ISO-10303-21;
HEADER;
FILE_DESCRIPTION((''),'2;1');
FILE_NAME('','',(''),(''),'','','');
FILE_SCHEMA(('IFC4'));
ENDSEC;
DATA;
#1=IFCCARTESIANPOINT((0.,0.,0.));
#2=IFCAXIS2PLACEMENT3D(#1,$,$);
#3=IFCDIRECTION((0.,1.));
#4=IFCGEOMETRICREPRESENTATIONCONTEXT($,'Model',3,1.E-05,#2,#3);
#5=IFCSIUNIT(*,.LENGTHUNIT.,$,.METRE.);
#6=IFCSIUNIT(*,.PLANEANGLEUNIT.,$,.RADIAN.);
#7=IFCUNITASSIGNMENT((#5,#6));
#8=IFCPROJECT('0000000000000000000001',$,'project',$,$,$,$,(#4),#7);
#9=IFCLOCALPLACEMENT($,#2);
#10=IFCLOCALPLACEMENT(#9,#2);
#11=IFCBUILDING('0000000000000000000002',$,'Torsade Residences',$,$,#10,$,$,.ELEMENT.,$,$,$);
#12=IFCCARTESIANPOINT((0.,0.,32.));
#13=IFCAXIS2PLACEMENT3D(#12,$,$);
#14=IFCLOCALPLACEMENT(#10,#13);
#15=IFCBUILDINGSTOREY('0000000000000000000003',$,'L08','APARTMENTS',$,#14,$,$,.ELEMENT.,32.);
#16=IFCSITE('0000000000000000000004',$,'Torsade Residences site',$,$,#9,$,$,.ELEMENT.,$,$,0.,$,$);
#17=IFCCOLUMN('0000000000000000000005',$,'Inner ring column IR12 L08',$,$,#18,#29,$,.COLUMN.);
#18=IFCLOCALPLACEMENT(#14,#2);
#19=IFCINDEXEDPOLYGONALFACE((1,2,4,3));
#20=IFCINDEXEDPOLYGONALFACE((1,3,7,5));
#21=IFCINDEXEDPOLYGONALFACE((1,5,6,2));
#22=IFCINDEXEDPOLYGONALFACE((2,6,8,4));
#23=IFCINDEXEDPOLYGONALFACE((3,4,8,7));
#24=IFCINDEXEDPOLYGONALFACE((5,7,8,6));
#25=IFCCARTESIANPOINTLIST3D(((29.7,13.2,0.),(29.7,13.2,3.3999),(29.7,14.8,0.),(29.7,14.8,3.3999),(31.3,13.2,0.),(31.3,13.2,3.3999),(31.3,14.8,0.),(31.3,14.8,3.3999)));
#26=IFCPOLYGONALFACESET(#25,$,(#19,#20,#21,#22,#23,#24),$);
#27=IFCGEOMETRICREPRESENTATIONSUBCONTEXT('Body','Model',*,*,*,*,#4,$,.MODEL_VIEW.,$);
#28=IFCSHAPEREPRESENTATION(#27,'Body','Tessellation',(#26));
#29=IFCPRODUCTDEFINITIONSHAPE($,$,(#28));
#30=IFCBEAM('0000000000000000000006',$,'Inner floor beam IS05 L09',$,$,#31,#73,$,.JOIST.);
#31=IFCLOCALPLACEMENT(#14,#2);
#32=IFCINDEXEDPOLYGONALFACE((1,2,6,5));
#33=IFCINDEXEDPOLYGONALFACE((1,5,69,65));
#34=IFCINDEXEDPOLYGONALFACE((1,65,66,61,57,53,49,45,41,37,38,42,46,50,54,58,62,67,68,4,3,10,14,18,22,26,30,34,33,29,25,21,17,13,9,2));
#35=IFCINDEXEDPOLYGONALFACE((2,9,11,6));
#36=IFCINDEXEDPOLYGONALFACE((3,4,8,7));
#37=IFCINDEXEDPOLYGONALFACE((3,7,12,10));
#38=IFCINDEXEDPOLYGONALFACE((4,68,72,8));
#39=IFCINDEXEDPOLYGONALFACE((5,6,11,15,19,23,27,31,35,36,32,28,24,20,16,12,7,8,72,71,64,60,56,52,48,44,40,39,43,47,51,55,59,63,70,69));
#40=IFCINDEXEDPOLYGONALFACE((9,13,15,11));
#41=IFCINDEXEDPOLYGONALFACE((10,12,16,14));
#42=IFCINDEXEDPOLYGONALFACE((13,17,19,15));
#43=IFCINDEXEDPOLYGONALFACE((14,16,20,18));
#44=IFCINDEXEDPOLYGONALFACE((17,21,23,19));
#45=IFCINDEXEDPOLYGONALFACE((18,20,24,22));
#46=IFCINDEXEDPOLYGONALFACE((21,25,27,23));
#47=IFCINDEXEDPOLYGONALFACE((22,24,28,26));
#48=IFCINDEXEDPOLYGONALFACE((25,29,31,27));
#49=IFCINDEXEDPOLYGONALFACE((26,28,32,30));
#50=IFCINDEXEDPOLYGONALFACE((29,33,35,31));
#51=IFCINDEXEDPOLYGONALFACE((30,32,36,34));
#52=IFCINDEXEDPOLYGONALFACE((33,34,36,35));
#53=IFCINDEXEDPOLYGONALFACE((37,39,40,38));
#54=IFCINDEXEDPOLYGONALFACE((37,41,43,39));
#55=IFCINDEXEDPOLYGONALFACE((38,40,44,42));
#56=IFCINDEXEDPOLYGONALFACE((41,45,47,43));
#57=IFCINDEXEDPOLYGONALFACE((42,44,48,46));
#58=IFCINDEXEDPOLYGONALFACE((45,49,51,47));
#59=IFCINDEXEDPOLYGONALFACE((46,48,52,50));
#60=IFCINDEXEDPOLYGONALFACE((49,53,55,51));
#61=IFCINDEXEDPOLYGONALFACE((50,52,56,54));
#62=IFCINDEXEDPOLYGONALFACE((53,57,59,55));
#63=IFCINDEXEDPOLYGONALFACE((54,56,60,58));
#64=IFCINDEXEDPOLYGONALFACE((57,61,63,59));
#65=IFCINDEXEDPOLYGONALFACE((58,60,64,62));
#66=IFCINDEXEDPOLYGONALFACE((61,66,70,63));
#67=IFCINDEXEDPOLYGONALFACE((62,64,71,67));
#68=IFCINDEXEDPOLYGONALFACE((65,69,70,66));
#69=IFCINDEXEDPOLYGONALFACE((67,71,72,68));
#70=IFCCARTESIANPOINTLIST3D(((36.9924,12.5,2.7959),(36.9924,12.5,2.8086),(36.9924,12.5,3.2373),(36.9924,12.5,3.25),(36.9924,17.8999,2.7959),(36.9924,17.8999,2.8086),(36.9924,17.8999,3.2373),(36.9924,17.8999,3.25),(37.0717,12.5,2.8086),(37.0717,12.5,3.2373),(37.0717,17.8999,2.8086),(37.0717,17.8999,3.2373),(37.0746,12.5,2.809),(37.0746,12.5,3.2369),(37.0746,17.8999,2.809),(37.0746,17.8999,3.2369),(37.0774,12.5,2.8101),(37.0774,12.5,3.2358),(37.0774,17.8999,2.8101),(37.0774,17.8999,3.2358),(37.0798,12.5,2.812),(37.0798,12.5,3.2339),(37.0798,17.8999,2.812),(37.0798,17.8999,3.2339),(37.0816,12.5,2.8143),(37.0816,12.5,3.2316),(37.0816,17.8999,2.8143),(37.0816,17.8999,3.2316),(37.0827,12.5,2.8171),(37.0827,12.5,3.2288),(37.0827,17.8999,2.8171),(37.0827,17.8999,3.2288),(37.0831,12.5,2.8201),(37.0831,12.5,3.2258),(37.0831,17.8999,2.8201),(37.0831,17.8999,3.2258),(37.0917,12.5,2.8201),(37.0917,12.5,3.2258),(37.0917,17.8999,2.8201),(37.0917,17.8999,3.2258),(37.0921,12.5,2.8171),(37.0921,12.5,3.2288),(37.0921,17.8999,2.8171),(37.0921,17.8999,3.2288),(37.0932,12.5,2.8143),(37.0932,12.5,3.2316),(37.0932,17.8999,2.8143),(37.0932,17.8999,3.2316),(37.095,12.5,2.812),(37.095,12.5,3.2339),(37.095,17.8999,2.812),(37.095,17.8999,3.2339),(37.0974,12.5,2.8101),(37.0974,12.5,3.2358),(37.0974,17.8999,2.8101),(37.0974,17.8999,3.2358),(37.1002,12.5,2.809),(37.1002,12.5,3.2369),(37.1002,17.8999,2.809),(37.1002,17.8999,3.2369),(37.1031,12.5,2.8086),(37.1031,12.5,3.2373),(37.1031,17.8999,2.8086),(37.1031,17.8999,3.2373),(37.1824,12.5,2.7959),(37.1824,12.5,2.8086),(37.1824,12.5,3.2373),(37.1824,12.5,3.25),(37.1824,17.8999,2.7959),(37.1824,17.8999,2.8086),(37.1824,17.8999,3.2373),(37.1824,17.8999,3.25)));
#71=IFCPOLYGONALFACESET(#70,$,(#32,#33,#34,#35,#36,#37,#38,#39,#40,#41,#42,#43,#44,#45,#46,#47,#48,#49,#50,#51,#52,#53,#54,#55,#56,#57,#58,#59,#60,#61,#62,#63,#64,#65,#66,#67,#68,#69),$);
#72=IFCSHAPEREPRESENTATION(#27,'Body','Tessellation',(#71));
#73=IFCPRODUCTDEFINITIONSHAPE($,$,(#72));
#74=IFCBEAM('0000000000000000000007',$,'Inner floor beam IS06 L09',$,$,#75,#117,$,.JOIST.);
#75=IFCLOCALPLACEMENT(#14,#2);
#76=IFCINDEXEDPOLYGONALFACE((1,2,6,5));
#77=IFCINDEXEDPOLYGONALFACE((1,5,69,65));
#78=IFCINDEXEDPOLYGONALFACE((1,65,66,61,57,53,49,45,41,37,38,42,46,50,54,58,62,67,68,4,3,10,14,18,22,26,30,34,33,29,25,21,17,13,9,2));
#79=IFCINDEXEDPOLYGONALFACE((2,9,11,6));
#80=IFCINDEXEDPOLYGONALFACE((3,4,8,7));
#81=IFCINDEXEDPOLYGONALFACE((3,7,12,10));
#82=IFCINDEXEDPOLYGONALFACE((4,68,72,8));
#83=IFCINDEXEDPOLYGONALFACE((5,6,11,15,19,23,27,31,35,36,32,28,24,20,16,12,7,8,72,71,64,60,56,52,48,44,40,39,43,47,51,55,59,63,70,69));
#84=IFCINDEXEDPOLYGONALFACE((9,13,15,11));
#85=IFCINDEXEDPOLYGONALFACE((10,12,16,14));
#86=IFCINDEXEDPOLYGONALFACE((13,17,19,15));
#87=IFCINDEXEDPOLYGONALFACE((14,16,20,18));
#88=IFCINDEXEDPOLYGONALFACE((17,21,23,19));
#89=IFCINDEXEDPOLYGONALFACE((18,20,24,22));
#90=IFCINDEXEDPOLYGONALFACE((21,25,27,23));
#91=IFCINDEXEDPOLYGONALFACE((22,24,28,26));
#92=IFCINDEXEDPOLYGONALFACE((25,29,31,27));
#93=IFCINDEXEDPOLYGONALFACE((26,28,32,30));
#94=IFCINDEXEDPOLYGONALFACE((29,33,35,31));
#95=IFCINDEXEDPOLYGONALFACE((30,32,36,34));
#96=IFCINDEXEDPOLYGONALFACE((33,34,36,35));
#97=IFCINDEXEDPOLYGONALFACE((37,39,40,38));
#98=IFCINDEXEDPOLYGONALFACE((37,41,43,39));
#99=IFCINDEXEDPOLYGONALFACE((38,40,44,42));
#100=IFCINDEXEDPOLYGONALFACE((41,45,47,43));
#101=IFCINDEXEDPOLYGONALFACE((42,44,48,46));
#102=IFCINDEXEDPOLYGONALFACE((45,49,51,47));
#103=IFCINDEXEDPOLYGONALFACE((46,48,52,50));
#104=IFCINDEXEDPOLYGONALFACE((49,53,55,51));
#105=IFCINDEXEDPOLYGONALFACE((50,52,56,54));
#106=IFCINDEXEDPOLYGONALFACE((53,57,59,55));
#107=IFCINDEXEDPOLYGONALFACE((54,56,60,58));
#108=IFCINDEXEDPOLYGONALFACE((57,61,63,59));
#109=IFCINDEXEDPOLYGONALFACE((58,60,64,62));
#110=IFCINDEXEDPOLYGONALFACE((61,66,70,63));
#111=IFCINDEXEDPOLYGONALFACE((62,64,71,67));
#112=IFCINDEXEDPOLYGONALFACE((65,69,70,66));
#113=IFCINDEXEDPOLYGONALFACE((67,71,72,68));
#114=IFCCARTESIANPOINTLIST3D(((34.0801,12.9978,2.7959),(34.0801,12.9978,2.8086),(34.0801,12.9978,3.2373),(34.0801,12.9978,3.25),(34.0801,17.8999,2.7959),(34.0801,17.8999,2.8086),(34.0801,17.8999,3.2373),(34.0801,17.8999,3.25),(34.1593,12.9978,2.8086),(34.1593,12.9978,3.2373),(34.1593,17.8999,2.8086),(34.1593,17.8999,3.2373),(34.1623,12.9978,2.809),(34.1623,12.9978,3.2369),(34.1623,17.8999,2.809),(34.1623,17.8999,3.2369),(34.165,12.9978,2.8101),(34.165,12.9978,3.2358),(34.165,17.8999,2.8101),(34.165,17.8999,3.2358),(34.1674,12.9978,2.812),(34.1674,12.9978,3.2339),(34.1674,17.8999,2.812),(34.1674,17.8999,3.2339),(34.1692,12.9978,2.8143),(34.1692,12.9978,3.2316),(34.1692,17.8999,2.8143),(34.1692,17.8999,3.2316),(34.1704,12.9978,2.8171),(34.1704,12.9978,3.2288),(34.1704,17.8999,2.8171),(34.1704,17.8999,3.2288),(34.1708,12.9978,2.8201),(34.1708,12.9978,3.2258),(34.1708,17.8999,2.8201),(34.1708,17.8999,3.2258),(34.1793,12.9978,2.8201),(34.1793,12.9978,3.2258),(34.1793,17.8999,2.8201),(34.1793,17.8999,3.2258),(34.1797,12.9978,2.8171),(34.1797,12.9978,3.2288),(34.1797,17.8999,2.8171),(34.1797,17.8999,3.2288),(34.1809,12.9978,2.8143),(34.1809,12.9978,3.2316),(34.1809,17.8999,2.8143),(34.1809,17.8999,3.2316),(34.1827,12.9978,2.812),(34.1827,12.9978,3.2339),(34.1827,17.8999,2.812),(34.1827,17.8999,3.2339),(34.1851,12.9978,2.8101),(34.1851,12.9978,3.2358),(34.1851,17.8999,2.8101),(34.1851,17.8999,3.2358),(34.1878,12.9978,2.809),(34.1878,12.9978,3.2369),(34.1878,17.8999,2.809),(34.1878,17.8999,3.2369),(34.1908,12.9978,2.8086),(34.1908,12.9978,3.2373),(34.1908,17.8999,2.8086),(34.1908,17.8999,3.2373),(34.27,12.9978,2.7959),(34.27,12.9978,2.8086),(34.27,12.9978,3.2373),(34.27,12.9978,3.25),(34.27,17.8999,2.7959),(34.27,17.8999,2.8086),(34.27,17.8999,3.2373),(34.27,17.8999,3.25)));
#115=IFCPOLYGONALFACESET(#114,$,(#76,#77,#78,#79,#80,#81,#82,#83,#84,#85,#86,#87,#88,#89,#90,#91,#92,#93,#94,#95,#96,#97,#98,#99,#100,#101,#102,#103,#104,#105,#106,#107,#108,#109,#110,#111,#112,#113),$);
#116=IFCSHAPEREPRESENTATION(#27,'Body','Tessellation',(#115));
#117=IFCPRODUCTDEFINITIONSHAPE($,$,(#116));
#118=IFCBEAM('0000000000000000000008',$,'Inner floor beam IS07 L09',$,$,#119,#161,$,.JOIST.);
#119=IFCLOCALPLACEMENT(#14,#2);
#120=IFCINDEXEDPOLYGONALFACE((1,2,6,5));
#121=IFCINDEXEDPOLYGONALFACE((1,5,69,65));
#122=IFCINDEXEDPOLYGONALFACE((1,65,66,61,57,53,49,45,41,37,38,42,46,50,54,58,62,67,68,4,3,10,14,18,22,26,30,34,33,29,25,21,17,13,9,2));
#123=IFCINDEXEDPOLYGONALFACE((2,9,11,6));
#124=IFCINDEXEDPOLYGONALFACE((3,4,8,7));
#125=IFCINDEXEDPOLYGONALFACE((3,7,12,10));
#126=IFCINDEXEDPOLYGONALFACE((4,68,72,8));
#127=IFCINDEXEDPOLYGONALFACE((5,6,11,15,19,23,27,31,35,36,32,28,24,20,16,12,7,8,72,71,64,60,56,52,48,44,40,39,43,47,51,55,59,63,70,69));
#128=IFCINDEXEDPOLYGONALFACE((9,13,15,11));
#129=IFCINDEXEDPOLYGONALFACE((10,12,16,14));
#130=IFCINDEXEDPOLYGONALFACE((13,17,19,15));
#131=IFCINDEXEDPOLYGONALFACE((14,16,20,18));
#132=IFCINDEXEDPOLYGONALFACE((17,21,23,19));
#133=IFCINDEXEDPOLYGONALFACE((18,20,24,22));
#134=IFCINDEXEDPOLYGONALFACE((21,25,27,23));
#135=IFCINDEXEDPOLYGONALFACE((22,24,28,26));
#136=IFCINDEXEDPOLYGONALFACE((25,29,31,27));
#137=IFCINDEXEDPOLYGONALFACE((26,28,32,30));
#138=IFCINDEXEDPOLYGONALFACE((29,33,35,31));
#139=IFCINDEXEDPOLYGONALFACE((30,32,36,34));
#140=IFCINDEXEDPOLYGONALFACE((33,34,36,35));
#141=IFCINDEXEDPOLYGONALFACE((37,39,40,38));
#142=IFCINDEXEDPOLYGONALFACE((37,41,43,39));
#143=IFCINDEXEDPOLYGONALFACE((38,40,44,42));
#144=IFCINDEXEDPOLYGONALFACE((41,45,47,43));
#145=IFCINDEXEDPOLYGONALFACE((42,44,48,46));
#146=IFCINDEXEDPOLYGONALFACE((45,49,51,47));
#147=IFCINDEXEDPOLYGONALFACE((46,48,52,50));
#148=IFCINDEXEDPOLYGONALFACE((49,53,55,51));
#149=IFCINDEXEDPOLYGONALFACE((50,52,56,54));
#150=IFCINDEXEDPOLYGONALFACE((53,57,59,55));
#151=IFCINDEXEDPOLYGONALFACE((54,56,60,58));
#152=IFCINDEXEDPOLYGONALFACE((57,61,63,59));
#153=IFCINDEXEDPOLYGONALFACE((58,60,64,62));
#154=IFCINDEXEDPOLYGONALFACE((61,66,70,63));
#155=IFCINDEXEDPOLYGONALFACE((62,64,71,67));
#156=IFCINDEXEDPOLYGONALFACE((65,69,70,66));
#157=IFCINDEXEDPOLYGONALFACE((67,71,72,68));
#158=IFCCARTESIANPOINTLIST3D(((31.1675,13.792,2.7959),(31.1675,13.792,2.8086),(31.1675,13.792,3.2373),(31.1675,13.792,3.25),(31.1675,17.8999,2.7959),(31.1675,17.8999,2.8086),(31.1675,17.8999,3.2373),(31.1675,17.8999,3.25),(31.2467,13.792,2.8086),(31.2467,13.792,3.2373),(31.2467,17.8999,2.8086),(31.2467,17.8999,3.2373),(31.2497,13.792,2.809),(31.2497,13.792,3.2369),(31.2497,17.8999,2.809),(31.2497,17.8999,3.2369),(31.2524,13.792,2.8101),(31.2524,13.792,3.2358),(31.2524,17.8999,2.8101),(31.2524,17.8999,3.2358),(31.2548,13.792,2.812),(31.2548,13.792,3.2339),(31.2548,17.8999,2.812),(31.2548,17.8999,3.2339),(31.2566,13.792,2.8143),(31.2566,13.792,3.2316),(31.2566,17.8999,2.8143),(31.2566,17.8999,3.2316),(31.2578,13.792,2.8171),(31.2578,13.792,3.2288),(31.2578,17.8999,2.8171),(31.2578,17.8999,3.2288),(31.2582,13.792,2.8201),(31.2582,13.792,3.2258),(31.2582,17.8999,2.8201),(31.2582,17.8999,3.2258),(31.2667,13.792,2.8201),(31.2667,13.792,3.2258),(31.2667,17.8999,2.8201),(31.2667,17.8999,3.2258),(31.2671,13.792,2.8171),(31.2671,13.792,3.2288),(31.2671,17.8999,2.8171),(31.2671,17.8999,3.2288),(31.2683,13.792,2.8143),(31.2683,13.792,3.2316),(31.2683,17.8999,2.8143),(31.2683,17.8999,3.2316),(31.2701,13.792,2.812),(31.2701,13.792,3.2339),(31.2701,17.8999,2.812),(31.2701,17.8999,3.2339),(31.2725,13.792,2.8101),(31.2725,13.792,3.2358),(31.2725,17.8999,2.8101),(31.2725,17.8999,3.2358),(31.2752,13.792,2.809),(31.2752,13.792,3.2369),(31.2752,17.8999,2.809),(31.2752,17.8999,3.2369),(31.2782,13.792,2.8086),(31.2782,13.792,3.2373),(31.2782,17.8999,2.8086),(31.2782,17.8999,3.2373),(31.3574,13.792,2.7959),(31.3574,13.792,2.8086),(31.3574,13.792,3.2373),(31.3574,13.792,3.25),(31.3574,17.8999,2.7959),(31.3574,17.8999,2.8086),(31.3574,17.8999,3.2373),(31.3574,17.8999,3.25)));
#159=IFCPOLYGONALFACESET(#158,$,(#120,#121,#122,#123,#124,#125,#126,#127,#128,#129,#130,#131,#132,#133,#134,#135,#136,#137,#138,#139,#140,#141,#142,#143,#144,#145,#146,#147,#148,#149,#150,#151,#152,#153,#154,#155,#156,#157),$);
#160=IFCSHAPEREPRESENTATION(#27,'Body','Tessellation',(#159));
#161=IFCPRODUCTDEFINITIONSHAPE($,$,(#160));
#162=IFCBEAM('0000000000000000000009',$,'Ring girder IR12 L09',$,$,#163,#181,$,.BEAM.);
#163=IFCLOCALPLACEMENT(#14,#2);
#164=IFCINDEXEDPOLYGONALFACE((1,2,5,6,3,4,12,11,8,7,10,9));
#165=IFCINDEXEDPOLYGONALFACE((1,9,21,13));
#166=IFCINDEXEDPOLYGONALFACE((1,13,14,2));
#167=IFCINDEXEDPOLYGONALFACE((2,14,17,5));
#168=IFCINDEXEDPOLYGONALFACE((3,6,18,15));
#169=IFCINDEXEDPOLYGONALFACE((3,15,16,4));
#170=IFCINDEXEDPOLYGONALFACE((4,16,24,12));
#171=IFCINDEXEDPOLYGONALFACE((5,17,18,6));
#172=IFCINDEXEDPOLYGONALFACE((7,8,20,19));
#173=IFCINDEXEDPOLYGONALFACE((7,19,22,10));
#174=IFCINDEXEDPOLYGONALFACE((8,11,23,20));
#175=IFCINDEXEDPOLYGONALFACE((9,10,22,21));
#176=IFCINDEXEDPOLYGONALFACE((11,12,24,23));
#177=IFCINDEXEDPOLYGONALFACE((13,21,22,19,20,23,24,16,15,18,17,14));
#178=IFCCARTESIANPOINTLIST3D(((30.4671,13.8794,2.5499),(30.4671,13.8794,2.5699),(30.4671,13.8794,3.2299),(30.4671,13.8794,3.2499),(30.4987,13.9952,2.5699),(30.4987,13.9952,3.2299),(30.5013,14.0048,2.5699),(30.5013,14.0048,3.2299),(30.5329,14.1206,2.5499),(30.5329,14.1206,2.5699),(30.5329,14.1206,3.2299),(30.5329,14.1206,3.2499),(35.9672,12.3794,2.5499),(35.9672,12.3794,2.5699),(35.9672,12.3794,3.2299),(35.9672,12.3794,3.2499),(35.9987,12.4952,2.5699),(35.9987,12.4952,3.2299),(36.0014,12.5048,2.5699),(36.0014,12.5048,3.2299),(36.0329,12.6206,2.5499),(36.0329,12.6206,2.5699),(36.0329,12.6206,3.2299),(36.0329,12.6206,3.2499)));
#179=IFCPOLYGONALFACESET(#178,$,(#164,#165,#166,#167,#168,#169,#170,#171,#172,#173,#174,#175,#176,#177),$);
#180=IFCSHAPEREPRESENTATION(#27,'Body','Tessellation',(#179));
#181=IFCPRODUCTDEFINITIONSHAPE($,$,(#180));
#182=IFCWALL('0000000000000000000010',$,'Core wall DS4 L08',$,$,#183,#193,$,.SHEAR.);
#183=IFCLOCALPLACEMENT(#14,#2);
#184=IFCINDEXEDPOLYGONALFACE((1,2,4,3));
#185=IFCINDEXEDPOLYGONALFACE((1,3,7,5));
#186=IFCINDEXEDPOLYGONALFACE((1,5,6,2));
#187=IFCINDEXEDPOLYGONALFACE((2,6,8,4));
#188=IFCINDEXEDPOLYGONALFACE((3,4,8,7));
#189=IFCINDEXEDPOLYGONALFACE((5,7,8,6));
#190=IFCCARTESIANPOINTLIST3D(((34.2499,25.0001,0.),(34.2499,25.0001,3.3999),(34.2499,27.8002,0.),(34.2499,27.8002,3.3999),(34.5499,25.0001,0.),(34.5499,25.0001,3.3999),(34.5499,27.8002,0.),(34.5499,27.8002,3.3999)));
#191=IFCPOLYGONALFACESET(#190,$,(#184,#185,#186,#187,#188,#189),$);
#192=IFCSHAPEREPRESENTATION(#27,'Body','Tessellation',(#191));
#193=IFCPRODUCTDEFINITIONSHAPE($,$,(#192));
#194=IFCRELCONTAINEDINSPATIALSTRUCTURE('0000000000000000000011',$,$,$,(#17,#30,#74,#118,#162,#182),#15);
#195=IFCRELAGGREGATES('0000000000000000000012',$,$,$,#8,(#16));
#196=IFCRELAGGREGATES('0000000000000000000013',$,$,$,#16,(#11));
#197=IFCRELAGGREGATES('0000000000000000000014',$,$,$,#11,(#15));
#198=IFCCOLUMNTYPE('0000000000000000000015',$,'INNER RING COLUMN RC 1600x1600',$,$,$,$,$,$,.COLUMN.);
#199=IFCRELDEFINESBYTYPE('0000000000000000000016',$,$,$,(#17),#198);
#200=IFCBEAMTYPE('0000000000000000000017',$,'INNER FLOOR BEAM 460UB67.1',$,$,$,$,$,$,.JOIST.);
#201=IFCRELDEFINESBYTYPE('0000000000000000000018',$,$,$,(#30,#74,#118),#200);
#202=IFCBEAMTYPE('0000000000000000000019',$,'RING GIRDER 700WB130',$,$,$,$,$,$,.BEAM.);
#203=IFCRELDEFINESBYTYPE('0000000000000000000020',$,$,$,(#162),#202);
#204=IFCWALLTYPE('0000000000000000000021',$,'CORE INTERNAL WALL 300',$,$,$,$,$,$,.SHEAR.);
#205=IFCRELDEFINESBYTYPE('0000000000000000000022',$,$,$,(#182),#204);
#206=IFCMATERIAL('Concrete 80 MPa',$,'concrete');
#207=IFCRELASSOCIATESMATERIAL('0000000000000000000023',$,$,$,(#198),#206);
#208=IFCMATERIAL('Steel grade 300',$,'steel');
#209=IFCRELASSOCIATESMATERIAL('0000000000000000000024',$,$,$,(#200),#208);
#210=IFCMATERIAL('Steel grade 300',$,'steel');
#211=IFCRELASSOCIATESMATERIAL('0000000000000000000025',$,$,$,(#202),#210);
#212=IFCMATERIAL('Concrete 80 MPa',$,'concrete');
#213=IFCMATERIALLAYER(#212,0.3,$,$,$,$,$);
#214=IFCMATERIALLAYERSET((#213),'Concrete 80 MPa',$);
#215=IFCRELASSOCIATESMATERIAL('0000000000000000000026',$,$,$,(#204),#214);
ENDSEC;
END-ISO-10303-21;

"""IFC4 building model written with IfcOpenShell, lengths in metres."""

from ifc_helpers import new_model, si_unit, direction, frame, frame_2d, origin, origin_2d, place, context, subcontext, project, spatial, rectangle, i_section, extrude, material, layer, layer_set, material_profile, profile_set, type_object, element, save


model = new_model("IFC4")

# Units and contexts
model_context = context("Model", 3, precision=1e-05, world=origin(), true_north=direction((0.0, 1.0)))
body_context = subcontext(model_context, "Body", "Model", "MODEL_VIEW")
ifc_project = project(units=[si_unit("LENGTHUNIT", "METRE"), si_unit("PLANEANGLEUNIT", "RADIAN")], contexts=[model_context])

# Site, building, storey
site_placement = place(None, origin())
site = spatial("IfcSite", under=ifc_project, at=site_placement, Name="Torsade Residences site", CompositionType="ELEMENT", RefElevation=0.0)
building_placement = place(site_placement, origin())
building = spatial("IfcBuilding", under=site, at=building_placement, Name="Torsade Residences", CompositionType="ELEMENT")
storey_placement = place(building_placement, frame((0.0, 0.0, 32.0)))
storey = spatial("IfcBuildingStorey", under=building, at=storey_placement, Name="L08", Description="APARTMENTS", CompositionType="ELEMENT", Elevation=32.0)

# Column
ifc_material_1 = material(Name="Concrete 80 MPa", Category="concrete")
ifc_material_profile_1 = material_profile(ifc_material_1, rectangle(XDim=1.6001, YDim=1.6001, at=origin_2d()), Name="RC 1600x1600")
ifc_profile_set_1 = profile_set([ifc_material_profile_1], Name="Concrete 80 MPa")
column_type = type_object("IfcColumnType", Name="INNER RING COLUMN RC 1600x1600", PredefinedType="COLUMN", material=ifc_profile_set_1)
column_placement = place(storey_placement, frame((30.5, 14.0, 0.0), z_axis=(0.0, 0.0, 1.0), x_axis=(1.0, 0.0, 0.0)))
element("IfcColumn", 1, at=column_placement, inside=storey, type_object=column_type, Name="Inner ring column IR12 L08", PredefinedType="COLUMN", context=body_context, shape_type="SweptSolid", body=[
    extrude(rectangle(XDim=1.6001, YDim=1.6001, at=origin_2d()), origin(), (0.0, 0.0, 1.0), 3.3999),
])

# Beams
ifc_material_2 = material(Name="Steel grade 300", Category="steel")
ifc_material_profile_2 = material_profile(ifc_material_2, i_section(OverallWidth=0.1899, OverallDepth=0.4541, WebThickness=0.0085, FlangeThickness=0.0127, FilletRadius=0.0115, at=origin_2d()), Name="460UB67.1")
ifc_profile_set_2 = profile_set([ifc_material_profile_2], Name="Steel grade 300")
beam_type_1 = type_object("IfcBeamType", Name="INNER FLOOR BEAM 460UB67.1", PredefinedType="JOIST", material=ifc_profile_set_2)
beam_1_placement = place(storey_placement, frame((37.0874, 17.8999, 3.0229), z_axis=(0.0, -1.0, 0.0), x_axis=(1.0, 0.0, 0.0)))
element("IfcBeam", 2, at=beam_1_placement, inside=storey, type_object=beam_type_1, Name="Inner floor beam IS05 L09", PredefinedType="JOIST", context=body_context, shape_type="SweptSolid", body=[
    extrude(i_section(OverallWidth=0.1899, OverallDepth=0.4541, WebThickness=0.0085, FlangeThickness=0.0127, FilletRadius=0.0115, at=origin_2d()), origin(), (0.0, 0.0, 1.0), 5.3999),
])
beam_2_placement = place(storey_placement, frame((34.175, 17.8999, 3.0229), z_axis=(0.0, -1.0, 0.0), x_axis=(1.0, 0.0, 0.0)))
element("IfcBeam", 3, at=beam_2_placement, inside=storey, type_object=beam_type_1, Name="Inner floor beam IS06 L09", PredefinedType="JOIST", context=body_context, shape_type="SweptSolid", body=[
    extrude(i_section(OverallWidth=0.1899, OverallDepth=0.4541, WebThickness=0.0085, FlangeThickness=0.0127, FilletRadius=0.0115, at=origin_2d()), origin(), (0.0, 0.0, 1.0), 4.9021),
])
beam_3_placement = place(storey_placement, frame((31.2625, 17.8999, 3.0229), z_axis=(0.0, -1.0, 0.0), x_axis=(1.0, 0.0, 0.0)))
element("IfcBeam", 4, at=beam_3_placement, inside=storey, type_object=beam_type_1, Name="Inner floor beam IS07 L09", PredefinedType="JOIST", context=body_context, shape_type="SweptSolid", body=[
    extrude(i_section(OverallWidth=0.1899, OverallDepth=0.4541, WebThickness=0.0085, FlangeThickness=0.0127, FilletRadius=0.0115, at=origin_2d()), origin(), (0.0, 0.0, 1.0), 4.1079),
])
ifc_material_3 = material(Name="Steel grade 300", Category="steel")
ifc_material_profile_3 = material_profile(ifc_material_3, i_section(OverallWidth=0.25, OverallDepth=0.7, WebThickness=0.01, FlangeThickness=0.02, at=origin_2d()), Name="700WB130")
ifc_profile_set_3 = profile_set([ifc_material_profile_3], Name="Steel grade 300")
beam_type_2 = type_object("IfcBeamType", Name="RING GIRDER 700WB130", PredefinedType="BEAM", material=ifc_profile_set_3)
beam_4_placement = place(storey_placement, frame((30.5, 14.0, 2.8999), z_axis=(0.964764, -0.263117, 0.0), x_axis=(0.263117, 0.964764, 0.0)))
element("IfcBeam", 5, at=beam_4_placement, inside=storey, type_object=beam_type_2, Name="Ring girder IR12 L09", PredefinedType="BEAM", context=body_context, shape_type="SweptSolid", body=[
    extrude(i_section(OverallWidth=0.25, OverallDepth=0.7, WebThickness=0.01, FlangeThickness=0.02, at=origin_2d()), origin(), (0.0, 0.0, 1.0), 5.7009),
])

# Wall
ifc_material_4 = material(Name="Concrete 80 MPa", Category="concrete")
ifc_layer_1 = layer(ifc_material_4, 0.3)
ifc_layer_set_1 = layer_set([ifc_layer_1], Name="Concrete 80 MPa")
wall_type_1 = type_object("IfcWallType", Name="CORE INTERNAL WALL 300", PredefinedType="SHEAR", material=ifc_layer_set_1)
wall_1_placement = place(storey_placement, frame((34.3999, 27.8, 0.0), z_axis=(0.0, 0.0, 1.0), x_axis=(0.0, -1.0, 0.0)))
element("IfcWall", 6, at=wall_1_placement, inside=storey, type_object=wall_type_1, Name="Core wall DS4 L08", PredefinedType="SHEAR", context=body_context, shape_type="SweptSolid", body=[
    extrude(rectangle(XDim=2.8, YDim=0.3, at=frame_2d((1.3999, 0.0))), origin(), (0.0, 0.0, 1.0), 3.3999),
])

save(model, "model.ifc")
